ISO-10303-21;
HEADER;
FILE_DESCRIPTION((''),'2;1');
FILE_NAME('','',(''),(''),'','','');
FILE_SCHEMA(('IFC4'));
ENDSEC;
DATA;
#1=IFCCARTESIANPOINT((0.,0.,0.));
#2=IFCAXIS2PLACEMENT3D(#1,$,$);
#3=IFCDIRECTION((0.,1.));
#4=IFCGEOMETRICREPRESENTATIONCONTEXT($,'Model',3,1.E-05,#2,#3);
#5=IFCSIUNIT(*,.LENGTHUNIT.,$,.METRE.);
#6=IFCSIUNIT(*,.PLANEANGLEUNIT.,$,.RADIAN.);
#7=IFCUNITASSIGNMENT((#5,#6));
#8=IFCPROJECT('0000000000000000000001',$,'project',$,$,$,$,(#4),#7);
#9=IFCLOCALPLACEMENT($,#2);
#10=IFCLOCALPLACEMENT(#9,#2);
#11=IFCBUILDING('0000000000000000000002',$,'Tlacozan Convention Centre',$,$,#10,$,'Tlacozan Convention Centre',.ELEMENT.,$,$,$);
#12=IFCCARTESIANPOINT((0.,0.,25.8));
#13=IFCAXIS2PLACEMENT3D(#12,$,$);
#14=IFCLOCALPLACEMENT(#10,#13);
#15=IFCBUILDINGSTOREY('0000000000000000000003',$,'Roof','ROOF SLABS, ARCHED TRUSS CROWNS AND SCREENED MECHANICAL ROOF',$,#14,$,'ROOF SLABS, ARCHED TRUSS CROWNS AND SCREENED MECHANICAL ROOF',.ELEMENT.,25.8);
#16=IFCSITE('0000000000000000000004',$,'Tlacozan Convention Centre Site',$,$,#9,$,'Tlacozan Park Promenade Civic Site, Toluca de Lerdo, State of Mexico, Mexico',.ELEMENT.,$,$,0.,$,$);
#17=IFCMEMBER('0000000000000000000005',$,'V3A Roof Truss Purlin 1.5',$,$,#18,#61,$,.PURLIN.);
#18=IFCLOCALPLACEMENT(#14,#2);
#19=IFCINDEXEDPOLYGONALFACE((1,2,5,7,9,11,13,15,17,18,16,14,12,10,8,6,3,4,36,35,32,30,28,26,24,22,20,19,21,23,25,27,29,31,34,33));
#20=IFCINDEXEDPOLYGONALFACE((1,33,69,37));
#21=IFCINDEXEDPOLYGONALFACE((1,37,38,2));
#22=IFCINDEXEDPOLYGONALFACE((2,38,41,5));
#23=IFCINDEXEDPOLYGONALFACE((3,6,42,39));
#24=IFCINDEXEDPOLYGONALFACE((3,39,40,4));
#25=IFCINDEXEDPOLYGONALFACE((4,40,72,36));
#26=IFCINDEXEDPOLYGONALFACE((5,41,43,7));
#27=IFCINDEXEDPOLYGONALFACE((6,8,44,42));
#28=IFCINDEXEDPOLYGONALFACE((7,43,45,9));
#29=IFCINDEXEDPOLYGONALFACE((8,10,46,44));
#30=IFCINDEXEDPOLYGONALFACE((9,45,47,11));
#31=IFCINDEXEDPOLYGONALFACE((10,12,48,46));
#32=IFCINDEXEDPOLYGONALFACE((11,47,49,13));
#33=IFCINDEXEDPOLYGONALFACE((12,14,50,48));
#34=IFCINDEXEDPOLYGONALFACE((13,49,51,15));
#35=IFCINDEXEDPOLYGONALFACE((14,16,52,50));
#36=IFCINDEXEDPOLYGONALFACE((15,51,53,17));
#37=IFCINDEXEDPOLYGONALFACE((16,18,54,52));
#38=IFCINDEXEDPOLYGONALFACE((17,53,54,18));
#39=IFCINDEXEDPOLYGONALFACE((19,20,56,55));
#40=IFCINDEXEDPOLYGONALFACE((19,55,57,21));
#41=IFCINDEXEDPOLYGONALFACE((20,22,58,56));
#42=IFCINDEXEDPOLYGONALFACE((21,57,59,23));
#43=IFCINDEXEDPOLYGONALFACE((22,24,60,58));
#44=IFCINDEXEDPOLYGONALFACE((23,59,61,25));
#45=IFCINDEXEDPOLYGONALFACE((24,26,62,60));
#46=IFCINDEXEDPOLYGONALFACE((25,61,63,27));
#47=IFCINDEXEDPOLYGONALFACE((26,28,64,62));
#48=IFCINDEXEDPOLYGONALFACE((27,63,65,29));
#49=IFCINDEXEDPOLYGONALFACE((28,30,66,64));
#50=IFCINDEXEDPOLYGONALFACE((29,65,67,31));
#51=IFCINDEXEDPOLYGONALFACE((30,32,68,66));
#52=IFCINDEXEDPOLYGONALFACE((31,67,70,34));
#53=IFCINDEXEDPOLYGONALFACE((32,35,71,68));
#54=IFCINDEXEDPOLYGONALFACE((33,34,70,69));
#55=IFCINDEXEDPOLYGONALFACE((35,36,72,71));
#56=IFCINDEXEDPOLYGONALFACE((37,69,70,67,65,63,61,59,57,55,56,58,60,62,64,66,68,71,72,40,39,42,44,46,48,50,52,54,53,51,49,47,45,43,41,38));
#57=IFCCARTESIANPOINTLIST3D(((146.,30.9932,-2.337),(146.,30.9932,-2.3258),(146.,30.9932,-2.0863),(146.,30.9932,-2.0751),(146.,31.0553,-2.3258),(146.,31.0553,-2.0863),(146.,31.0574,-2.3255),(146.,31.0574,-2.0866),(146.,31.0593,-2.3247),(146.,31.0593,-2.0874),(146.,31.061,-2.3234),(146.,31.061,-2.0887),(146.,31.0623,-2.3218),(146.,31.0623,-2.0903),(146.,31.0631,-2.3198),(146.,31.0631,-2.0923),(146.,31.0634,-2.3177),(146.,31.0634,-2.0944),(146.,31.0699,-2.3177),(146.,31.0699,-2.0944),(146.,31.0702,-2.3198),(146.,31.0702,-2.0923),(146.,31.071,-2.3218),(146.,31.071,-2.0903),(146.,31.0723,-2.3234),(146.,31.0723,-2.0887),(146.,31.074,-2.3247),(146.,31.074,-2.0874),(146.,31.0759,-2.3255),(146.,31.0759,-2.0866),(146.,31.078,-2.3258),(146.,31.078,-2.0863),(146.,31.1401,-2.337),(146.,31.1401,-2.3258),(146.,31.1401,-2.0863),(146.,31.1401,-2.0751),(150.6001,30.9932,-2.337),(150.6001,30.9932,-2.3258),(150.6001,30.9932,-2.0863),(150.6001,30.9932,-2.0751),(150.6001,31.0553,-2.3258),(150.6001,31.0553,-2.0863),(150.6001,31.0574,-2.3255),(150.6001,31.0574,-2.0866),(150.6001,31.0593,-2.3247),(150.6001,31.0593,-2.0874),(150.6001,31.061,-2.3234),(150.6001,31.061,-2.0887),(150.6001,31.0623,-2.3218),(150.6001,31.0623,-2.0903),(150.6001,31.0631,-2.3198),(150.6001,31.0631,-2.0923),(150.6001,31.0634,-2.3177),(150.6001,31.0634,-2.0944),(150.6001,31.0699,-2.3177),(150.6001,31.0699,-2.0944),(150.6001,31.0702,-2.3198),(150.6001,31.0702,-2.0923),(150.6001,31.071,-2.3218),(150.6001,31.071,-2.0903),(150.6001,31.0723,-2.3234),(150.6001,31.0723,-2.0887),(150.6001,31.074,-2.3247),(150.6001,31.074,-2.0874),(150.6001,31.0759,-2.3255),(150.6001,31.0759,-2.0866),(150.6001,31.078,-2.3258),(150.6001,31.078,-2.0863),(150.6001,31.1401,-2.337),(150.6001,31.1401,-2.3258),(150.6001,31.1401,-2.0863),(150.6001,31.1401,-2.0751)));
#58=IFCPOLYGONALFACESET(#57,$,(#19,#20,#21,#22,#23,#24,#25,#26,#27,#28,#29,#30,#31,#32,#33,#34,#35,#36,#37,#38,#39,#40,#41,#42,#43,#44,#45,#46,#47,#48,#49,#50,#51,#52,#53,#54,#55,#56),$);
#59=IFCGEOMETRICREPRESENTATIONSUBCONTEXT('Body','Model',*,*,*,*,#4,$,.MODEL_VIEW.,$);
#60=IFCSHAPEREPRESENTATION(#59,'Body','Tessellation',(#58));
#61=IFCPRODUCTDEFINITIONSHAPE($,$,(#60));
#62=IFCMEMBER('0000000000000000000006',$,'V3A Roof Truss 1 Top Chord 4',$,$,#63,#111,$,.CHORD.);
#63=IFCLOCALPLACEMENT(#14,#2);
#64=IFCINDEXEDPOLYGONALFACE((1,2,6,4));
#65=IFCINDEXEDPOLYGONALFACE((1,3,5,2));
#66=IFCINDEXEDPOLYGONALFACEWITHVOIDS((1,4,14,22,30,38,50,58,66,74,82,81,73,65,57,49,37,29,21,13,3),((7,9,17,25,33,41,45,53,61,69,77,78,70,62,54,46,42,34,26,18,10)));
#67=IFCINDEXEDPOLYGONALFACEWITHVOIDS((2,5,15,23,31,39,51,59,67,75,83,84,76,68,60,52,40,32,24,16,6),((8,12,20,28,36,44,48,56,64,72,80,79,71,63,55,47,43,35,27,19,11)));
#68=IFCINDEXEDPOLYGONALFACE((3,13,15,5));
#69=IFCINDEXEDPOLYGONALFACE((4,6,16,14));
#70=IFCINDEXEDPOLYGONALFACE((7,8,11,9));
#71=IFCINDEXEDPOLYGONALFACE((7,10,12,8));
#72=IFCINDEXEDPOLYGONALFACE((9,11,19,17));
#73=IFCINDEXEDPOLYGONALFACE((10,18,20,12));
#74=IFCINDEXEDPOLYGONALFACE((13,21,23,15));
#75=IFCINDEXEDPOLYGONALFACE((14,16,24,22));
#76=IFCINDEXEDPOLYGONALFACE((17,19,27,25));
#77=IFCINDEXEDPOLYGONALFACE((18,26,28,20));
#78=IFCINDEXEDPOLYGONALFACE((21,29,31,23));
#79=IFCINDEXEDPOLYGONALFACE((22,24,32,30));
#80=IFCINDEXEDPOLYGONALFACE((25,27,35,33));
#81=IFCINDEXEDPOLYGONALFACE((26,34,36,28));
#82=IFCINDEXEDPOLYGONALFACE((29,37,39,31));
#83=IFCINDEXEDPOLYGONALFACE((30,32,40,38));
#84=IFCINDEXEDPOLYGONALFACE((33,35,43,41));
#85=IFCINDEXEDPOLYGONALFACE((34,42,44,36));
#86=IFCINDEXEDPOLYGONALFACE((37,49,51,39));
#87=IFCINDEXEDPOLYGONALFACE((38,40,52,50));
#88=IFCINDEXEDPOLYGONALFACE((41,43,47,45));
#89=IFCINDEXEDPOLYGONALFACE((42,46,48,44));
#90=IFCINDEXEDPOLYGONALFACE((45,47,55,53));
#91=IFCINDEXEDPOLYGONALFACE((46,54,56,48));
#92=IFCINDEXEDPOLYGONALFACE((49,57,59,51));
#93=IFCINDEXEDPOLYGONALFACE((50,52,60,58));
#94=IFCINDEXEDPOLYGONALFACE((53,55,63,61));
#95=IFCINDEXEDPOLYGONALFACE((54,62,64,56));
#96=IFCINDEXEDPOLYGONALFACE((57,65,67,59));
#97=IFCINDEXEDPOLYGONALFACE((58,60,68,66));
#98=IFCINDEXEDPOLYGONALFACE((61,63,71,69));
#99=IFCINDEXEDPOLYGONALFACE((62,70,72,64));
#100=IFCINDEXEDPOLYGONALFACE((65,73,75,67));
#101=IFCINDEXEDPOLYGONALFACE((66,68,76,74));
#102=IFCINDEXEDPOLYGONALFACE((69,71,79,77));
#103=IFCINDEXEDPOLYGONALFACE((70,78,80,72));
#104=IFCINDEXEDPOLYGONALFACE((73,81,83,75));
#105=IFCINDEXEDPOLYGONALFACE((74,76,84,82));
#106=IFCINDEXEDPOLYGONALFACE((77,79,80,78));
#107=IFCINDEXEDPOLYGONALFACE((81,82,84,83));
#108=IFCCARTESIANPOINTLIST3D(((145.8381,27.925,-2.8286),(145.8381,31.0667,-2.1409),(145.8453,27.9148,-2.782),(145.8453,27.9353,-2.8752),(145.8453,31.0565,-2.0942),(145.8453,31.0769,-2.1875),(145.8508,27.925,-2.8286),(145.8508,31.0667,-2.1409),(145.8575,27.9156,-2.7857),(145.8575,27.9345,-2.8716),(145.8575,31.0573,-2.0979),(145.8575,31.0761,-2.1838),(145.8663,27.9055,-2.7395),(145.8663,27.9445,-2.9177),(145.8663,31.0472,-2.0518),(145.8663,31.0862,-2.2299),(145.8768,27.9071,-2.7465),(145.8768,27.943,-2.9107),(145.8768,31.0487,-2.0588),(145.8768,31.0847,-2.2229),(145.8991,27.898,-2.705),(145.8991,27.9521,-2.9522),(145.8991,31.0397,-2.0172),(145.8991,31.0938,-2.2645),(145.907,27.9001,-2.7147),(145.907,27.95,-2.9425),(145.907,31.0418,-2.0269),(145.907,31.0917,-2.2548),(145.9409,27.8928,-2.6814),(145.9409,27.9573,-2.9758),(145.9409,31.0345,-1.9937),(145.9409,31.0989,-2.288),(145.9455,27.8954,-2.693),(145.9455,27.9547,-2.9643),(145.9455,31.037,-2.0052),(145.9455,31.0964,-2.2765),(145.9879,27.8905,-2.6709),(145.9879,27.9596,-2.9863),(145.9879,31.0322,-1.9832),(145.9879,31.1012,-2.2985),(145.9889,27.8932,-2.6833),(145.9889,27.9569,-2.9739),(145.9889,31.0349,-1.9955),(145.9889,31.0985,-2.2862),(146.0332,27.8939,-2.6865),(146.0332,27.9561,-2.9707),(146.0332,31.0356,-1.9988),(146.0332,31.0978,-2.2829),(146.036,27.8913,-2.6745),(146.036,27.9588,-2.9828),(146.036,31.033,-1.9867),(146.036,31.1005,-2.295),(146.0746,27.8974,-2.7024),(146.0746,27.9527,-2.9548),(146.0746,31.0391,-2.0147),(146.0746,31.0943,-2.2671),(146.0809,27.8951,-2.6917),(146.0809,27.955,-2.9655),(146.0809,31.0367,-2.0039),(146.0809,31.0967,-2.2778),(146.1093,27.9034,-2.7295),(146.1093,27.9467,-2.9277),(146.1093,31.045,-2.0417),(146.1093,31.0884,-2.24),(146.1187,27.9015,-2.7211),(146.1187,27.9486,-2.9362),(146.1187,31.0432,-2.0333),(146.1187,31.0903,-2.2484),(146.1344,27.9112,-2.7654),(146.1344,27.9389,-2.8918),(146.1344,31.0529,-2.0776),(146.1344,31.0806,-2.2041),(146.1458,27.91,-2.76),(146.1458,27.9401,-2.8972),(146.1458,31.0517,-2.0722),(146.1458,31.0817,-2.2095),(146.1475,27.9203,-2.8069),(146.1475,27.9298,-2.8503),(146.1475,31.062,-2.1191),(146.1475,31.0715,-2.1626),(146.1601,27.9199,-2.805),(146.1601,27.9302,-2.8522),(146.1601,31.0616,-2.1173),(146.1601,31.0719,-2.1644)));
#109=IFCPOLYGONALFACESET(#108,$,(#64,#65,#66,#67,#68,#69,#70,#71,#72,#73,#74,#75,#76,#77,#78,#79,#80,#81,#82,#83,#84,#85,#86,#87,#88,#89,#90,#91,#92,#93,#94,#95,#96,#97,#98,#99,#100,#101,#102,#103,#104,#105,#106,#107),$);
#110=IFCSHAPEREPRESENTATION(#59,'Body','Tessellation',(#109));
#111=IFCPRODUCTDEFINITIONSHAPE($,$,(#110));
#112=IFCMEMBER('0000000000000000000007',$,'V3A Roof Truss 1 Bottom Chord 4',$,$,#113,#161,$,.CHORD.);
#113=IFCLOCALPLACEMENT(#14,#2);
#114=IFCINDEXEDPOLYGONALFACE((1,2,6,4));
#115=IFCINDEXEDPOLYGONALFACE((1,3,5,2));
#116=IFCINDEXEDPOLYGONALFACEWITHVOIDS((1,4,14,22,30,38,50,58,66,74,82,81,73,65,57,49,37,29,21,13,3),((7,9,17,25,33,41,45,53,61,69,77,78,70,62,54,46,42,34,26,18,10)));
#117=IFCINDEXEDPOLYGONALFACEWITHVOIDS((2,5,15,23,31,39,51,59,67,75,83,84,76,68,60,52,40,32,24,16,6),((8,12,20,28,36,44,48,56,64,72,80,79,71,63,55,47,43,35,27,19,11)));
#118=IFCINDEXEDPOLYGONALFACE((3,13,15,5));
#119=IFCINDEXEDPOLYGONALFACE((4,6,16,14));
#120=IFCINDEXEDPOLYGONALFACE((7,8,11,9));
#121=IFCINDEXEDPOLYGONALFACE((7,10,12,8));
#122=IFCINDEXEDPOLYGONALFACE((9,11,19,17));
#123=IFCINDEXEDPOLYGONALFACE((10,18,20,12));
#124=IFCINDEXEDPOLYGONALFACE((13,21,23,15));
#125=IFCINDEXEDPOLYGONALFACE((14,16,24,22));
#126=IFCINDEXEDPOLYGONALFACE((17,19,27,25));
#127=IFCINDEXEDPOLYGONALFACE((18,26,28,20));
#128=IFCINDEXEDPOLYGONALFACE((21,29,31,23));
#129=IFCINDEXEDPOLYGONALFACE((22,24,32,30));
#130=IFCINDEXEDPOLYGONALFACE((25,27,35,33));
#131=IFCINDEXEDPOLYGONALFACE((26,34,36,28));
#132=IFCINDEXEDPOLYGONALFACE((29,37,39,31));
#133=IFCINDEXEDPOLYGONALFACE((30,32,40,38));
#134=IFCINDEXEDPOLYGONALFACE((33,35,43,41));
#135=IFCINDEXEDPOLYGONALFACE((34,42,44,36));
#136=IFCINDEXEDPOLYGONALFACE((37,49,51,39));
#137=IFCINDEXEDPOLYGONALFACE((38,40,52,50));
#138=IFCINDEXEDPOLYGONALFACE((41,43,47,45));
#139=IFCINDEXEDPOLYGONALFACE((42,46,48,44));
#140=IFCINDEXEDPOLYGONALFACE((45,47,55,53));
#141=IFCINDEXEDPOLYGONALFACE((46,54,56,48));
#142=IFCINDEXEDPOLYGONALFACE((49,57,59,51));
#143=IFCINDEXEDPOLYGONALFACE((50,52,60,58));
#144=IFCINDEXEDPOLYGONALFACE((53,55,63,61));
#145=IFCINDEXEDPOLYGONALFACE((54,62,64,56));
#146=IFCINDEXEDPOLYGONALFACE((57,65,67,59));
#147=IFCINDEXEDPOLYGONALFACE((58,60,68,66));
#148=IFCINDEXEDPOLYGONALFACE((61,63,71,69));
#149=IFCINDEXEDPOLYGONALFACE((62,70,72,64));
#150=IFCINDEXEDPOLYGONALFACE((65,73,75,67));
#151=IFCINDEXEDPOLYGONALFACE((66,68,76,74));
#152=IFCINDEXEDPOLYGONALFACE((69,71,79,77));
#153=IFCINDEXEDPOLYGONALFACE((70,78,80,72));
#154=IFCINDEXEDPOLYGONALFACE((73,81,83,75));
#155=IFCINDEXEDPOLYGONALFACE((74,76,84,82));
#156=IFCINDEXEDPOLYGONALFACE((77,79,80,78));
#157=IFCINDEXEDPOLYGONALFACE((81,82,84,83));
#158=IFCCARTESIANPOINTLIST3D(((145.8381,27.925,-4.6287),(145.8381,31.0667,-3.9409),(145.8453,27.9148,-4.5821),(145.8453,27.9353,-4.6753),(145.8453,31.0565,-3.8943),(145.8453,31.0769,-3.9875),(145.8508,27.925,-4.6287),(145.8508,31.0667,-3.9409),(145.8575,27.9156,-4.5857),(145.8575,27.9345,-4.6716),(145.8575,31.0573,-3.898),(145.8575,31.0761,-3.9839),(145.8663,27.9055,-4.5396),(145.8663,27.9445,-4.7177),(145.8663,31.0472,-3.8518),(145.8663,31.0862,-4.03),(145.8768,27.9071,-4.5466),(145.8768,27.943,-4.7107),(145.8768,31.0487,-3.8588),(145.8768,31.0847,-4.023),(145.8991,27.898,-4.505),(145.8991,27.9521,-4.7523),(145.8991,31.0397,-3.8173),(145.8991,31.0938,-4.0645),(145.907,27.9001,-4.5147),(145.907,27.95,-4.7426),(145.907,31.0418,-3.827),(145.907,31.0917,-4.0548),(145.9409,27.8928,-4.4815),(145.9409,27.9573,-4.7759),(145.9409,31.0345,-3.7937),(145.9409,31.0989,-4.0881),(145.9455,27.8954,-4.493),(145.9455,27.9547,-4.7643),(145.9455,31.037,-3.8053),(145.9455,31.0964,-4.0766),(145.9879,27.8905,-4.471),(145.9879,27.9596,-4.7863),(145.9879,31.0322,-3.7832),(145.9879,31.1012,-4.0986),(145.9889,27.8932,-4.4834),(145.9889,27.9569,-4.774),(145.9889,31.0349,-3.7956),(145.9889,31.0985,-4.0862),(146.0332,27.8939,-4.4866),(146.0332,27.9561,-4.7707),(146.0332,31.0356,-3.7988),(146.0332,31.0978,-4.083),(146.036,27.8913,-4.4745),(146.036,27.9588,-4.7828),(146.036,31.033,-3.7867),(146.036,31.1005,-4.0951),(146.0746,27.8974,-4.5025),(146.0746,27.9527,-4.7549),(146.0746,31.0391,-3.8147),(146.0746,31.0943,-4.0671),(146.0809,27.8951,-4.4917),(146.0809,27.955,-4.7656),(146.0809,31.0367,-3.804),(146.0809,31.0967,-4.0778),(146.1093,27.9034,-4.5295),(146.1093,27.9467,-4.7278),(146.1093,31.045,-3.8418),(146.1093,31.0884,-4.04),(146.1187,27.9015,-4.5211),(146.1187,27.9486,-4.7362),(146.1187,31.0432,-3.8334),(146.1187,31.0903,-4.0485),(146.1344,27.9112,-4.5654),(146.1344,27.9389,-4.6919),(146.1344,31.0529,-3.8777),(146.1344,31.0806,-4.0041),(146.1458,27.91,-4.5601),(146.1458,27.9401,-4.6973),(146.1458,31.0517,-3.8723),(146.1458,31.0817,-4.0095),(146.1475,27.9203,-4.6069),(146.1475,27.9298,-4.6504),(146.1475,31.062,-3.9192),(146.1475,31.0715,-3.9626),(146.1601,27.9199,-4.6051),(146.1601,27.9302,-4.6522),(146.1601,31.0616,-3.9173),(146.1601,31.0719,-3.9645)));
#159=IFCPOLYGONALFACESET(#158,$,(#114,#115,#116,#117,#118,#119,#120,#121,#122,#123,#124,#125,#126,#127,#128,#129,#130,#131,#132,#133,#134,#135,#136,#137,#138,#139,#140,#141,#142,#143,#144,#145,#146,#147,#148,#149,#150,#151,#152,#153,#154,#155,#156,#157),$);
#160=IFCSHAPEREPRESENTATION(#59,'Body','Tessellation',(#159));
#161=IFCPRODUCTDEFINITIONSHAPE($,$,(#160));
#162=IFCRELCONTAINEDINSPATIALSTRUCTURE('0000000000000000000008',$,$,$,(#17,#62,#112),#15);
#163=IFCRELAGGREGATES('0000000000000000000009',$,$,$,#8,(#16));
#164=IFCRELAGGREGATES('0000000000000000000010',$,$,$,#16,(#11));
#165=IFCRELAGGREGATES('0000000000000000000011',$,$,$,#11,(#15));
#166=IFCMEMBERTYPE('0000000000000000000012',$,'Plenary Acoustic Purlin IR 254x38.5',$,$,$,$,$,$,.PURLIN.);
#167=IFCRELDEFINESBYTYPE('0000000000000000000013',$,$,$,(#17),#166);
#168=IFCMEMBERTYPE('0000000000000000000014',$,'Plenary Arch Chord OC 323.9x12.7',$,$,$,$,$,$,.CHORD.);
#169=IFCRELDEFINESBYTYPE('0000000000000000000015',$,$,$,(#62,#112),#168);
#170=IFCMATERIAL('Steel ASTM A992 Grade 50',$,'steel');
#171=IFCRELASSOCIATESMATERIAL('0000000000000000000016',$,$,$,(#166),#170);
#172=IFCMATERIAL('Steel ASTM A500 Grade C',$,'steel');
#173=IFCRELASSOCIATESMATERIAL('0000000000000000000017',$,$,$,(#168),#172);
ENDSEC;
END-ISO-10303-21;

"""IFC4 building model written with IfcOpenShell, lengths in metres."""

from ifc_helpers import new_model, si_unit, direction, frame, origin, origin_2d, place, context, subcontext, project, spatial, hollow_circle, i_section, extrude, material, material_profile, profile_set, type_object, element, save


model = new_model("IFC4")

# Units and contexts
model_context = context("Model", 3, precision=1e-05, world=origin(), true_north=direction((0.0, 1.0)))
body_context = subcontext(model_context, "Body", "Model", "MODEL_VIEW")
ifc_project = project(units=[si_unit("LENGTHUNIT", "METRE"), si_unit("PLANEANGLEUNIT", "RADIAN")], contexts=[model_context])

# Site, building, storey
site_placement = place(None, origin())
site = spatial("IfcSite", under=ifc_project, at=site_placement, Name="Tlacozan Convention Centre Site", LongName="Tlacozan Park Promenade Civic Site, Toluca de Lerdo, State of Mexico, Mexico", CompositionType="ELEMENT", RefElevation=0.0)
building_placement = place(site_placement, origin())
building = spatial("IfcBuilding", under=site, at=building_placement, Name="Tlacozan Convention Centre", LongName="Tlacozan Convention Centre", CompositionType="ELEMENT")
storey_placement = place(building_placement, frame((0.0, 0.0, 25.8)))
storey = spatial("IfcBuildingStorey", under=building, at=storey_placement, Name="Roof", Description="ROOF SLABS, ARCHED TRUSS CROWNS AND SCREENED MECHANICAL ROOF", LongName="ROOF SLABS, ARCHED TRUSS CROWNS AND SCREENED MECHANICAL ROOF", CompositionType="ELEMENT", Elevation=25.8)

# Members
ifc_material_1 = material(Name="Steel ASTM A992 Grade 50", Category="steel")
ifc_material_profile_1 = material_profile(ifc_material_1, i_section(OverallWidth=0.147, OverallDepth=0.262, WebThickness=0.0066, FlangeThickness=0.0112, FilletRadius=0.0081, at=origin_2d()), Name="IR 254x38.5")
ifc_profile_set_1 = profile_set([ifc_material_profile_1], Name="Steel ASTM A992 Grade 50")
member_type_1 = type_object("IfcMemberType", Name="Plenary Acoustic Purlin IR 254x38.5", PredefinedType="PURLIN", material=ifc_profile_set_1)
member_1_placement = place(storey_placement, frame((146.0, 31.0667, -2.2061), z_axis=(1.0, 0.0, 0.0), x_axis=(0.0, 1.0, 0.0)))
element("IfcMember", 1, at=member_1_placement, inside=storey, type_object=member_type_1, Name="V3A Roof Truss Purlin 1.5", PredefinedType="PURLIN", context=body_context, shape_type="SweptSolid", body=[
    extrude(i_section(OverallWidth=0.147, OverallDepth=0.262, WebThickness=0.0066, FlangeThickness=0.0112, FilletRadius=0.0081, at=origin_2d()), origin(), (0.0, 0.0, 1.0), 4.6001),
])
ifc_material_2 = material(Name="Steel ASTM A500 Grade C", Category="steel")
ifc_material_profile_2 = material_profile(ifc_material_2, hollow_circle(Radius=0.1619, WallThickness=0.0127, at=origin_2d()), Name="OC 323.9x12.7")
ifc_profile_set_2 = profile_set([ifc_material_profile_2], Name="Steel ASTM A500 Grade C")
member_type_2 = type_object("IfcMemberType", Name="Plenary Arch Chord OC 323.9x12.7", PredefinedType="CHORD", material=ifc_profile_set_2)
for number, where, z_axis, x_axis, name in (
    (2, (146.0, 27.925, -2.8286), (0.0, 0.976866, 0.213851), (-1.0, 0.0, 0.0), "V3A Roof Truss 1 Top Chord 4"),
    (3, (146.0, 27.925, -4.6287), (0.0, 0.976866, 0.213851), (-1.0, 0.0, 0.0), "V3A Roof Truss 1 Bottom Chord 4"),
):
    element("IfcMember", number, at=place(storey_placement, frame(where, z_axis=z_axis, x_axis=x_axis)), inside=storey, type_object=member_type_2, Name=name, PredefinedType="CHORD", context=body_context, shape_type="SweptSolid", body=[
        extrude(hollow_circle(Radius=0.1619, WallThickness=0.0127, at=origin_2d()), origin(), (0.0, 0.0, 1.0), 3.2161),
    ])

save(model, "model.ifc")
